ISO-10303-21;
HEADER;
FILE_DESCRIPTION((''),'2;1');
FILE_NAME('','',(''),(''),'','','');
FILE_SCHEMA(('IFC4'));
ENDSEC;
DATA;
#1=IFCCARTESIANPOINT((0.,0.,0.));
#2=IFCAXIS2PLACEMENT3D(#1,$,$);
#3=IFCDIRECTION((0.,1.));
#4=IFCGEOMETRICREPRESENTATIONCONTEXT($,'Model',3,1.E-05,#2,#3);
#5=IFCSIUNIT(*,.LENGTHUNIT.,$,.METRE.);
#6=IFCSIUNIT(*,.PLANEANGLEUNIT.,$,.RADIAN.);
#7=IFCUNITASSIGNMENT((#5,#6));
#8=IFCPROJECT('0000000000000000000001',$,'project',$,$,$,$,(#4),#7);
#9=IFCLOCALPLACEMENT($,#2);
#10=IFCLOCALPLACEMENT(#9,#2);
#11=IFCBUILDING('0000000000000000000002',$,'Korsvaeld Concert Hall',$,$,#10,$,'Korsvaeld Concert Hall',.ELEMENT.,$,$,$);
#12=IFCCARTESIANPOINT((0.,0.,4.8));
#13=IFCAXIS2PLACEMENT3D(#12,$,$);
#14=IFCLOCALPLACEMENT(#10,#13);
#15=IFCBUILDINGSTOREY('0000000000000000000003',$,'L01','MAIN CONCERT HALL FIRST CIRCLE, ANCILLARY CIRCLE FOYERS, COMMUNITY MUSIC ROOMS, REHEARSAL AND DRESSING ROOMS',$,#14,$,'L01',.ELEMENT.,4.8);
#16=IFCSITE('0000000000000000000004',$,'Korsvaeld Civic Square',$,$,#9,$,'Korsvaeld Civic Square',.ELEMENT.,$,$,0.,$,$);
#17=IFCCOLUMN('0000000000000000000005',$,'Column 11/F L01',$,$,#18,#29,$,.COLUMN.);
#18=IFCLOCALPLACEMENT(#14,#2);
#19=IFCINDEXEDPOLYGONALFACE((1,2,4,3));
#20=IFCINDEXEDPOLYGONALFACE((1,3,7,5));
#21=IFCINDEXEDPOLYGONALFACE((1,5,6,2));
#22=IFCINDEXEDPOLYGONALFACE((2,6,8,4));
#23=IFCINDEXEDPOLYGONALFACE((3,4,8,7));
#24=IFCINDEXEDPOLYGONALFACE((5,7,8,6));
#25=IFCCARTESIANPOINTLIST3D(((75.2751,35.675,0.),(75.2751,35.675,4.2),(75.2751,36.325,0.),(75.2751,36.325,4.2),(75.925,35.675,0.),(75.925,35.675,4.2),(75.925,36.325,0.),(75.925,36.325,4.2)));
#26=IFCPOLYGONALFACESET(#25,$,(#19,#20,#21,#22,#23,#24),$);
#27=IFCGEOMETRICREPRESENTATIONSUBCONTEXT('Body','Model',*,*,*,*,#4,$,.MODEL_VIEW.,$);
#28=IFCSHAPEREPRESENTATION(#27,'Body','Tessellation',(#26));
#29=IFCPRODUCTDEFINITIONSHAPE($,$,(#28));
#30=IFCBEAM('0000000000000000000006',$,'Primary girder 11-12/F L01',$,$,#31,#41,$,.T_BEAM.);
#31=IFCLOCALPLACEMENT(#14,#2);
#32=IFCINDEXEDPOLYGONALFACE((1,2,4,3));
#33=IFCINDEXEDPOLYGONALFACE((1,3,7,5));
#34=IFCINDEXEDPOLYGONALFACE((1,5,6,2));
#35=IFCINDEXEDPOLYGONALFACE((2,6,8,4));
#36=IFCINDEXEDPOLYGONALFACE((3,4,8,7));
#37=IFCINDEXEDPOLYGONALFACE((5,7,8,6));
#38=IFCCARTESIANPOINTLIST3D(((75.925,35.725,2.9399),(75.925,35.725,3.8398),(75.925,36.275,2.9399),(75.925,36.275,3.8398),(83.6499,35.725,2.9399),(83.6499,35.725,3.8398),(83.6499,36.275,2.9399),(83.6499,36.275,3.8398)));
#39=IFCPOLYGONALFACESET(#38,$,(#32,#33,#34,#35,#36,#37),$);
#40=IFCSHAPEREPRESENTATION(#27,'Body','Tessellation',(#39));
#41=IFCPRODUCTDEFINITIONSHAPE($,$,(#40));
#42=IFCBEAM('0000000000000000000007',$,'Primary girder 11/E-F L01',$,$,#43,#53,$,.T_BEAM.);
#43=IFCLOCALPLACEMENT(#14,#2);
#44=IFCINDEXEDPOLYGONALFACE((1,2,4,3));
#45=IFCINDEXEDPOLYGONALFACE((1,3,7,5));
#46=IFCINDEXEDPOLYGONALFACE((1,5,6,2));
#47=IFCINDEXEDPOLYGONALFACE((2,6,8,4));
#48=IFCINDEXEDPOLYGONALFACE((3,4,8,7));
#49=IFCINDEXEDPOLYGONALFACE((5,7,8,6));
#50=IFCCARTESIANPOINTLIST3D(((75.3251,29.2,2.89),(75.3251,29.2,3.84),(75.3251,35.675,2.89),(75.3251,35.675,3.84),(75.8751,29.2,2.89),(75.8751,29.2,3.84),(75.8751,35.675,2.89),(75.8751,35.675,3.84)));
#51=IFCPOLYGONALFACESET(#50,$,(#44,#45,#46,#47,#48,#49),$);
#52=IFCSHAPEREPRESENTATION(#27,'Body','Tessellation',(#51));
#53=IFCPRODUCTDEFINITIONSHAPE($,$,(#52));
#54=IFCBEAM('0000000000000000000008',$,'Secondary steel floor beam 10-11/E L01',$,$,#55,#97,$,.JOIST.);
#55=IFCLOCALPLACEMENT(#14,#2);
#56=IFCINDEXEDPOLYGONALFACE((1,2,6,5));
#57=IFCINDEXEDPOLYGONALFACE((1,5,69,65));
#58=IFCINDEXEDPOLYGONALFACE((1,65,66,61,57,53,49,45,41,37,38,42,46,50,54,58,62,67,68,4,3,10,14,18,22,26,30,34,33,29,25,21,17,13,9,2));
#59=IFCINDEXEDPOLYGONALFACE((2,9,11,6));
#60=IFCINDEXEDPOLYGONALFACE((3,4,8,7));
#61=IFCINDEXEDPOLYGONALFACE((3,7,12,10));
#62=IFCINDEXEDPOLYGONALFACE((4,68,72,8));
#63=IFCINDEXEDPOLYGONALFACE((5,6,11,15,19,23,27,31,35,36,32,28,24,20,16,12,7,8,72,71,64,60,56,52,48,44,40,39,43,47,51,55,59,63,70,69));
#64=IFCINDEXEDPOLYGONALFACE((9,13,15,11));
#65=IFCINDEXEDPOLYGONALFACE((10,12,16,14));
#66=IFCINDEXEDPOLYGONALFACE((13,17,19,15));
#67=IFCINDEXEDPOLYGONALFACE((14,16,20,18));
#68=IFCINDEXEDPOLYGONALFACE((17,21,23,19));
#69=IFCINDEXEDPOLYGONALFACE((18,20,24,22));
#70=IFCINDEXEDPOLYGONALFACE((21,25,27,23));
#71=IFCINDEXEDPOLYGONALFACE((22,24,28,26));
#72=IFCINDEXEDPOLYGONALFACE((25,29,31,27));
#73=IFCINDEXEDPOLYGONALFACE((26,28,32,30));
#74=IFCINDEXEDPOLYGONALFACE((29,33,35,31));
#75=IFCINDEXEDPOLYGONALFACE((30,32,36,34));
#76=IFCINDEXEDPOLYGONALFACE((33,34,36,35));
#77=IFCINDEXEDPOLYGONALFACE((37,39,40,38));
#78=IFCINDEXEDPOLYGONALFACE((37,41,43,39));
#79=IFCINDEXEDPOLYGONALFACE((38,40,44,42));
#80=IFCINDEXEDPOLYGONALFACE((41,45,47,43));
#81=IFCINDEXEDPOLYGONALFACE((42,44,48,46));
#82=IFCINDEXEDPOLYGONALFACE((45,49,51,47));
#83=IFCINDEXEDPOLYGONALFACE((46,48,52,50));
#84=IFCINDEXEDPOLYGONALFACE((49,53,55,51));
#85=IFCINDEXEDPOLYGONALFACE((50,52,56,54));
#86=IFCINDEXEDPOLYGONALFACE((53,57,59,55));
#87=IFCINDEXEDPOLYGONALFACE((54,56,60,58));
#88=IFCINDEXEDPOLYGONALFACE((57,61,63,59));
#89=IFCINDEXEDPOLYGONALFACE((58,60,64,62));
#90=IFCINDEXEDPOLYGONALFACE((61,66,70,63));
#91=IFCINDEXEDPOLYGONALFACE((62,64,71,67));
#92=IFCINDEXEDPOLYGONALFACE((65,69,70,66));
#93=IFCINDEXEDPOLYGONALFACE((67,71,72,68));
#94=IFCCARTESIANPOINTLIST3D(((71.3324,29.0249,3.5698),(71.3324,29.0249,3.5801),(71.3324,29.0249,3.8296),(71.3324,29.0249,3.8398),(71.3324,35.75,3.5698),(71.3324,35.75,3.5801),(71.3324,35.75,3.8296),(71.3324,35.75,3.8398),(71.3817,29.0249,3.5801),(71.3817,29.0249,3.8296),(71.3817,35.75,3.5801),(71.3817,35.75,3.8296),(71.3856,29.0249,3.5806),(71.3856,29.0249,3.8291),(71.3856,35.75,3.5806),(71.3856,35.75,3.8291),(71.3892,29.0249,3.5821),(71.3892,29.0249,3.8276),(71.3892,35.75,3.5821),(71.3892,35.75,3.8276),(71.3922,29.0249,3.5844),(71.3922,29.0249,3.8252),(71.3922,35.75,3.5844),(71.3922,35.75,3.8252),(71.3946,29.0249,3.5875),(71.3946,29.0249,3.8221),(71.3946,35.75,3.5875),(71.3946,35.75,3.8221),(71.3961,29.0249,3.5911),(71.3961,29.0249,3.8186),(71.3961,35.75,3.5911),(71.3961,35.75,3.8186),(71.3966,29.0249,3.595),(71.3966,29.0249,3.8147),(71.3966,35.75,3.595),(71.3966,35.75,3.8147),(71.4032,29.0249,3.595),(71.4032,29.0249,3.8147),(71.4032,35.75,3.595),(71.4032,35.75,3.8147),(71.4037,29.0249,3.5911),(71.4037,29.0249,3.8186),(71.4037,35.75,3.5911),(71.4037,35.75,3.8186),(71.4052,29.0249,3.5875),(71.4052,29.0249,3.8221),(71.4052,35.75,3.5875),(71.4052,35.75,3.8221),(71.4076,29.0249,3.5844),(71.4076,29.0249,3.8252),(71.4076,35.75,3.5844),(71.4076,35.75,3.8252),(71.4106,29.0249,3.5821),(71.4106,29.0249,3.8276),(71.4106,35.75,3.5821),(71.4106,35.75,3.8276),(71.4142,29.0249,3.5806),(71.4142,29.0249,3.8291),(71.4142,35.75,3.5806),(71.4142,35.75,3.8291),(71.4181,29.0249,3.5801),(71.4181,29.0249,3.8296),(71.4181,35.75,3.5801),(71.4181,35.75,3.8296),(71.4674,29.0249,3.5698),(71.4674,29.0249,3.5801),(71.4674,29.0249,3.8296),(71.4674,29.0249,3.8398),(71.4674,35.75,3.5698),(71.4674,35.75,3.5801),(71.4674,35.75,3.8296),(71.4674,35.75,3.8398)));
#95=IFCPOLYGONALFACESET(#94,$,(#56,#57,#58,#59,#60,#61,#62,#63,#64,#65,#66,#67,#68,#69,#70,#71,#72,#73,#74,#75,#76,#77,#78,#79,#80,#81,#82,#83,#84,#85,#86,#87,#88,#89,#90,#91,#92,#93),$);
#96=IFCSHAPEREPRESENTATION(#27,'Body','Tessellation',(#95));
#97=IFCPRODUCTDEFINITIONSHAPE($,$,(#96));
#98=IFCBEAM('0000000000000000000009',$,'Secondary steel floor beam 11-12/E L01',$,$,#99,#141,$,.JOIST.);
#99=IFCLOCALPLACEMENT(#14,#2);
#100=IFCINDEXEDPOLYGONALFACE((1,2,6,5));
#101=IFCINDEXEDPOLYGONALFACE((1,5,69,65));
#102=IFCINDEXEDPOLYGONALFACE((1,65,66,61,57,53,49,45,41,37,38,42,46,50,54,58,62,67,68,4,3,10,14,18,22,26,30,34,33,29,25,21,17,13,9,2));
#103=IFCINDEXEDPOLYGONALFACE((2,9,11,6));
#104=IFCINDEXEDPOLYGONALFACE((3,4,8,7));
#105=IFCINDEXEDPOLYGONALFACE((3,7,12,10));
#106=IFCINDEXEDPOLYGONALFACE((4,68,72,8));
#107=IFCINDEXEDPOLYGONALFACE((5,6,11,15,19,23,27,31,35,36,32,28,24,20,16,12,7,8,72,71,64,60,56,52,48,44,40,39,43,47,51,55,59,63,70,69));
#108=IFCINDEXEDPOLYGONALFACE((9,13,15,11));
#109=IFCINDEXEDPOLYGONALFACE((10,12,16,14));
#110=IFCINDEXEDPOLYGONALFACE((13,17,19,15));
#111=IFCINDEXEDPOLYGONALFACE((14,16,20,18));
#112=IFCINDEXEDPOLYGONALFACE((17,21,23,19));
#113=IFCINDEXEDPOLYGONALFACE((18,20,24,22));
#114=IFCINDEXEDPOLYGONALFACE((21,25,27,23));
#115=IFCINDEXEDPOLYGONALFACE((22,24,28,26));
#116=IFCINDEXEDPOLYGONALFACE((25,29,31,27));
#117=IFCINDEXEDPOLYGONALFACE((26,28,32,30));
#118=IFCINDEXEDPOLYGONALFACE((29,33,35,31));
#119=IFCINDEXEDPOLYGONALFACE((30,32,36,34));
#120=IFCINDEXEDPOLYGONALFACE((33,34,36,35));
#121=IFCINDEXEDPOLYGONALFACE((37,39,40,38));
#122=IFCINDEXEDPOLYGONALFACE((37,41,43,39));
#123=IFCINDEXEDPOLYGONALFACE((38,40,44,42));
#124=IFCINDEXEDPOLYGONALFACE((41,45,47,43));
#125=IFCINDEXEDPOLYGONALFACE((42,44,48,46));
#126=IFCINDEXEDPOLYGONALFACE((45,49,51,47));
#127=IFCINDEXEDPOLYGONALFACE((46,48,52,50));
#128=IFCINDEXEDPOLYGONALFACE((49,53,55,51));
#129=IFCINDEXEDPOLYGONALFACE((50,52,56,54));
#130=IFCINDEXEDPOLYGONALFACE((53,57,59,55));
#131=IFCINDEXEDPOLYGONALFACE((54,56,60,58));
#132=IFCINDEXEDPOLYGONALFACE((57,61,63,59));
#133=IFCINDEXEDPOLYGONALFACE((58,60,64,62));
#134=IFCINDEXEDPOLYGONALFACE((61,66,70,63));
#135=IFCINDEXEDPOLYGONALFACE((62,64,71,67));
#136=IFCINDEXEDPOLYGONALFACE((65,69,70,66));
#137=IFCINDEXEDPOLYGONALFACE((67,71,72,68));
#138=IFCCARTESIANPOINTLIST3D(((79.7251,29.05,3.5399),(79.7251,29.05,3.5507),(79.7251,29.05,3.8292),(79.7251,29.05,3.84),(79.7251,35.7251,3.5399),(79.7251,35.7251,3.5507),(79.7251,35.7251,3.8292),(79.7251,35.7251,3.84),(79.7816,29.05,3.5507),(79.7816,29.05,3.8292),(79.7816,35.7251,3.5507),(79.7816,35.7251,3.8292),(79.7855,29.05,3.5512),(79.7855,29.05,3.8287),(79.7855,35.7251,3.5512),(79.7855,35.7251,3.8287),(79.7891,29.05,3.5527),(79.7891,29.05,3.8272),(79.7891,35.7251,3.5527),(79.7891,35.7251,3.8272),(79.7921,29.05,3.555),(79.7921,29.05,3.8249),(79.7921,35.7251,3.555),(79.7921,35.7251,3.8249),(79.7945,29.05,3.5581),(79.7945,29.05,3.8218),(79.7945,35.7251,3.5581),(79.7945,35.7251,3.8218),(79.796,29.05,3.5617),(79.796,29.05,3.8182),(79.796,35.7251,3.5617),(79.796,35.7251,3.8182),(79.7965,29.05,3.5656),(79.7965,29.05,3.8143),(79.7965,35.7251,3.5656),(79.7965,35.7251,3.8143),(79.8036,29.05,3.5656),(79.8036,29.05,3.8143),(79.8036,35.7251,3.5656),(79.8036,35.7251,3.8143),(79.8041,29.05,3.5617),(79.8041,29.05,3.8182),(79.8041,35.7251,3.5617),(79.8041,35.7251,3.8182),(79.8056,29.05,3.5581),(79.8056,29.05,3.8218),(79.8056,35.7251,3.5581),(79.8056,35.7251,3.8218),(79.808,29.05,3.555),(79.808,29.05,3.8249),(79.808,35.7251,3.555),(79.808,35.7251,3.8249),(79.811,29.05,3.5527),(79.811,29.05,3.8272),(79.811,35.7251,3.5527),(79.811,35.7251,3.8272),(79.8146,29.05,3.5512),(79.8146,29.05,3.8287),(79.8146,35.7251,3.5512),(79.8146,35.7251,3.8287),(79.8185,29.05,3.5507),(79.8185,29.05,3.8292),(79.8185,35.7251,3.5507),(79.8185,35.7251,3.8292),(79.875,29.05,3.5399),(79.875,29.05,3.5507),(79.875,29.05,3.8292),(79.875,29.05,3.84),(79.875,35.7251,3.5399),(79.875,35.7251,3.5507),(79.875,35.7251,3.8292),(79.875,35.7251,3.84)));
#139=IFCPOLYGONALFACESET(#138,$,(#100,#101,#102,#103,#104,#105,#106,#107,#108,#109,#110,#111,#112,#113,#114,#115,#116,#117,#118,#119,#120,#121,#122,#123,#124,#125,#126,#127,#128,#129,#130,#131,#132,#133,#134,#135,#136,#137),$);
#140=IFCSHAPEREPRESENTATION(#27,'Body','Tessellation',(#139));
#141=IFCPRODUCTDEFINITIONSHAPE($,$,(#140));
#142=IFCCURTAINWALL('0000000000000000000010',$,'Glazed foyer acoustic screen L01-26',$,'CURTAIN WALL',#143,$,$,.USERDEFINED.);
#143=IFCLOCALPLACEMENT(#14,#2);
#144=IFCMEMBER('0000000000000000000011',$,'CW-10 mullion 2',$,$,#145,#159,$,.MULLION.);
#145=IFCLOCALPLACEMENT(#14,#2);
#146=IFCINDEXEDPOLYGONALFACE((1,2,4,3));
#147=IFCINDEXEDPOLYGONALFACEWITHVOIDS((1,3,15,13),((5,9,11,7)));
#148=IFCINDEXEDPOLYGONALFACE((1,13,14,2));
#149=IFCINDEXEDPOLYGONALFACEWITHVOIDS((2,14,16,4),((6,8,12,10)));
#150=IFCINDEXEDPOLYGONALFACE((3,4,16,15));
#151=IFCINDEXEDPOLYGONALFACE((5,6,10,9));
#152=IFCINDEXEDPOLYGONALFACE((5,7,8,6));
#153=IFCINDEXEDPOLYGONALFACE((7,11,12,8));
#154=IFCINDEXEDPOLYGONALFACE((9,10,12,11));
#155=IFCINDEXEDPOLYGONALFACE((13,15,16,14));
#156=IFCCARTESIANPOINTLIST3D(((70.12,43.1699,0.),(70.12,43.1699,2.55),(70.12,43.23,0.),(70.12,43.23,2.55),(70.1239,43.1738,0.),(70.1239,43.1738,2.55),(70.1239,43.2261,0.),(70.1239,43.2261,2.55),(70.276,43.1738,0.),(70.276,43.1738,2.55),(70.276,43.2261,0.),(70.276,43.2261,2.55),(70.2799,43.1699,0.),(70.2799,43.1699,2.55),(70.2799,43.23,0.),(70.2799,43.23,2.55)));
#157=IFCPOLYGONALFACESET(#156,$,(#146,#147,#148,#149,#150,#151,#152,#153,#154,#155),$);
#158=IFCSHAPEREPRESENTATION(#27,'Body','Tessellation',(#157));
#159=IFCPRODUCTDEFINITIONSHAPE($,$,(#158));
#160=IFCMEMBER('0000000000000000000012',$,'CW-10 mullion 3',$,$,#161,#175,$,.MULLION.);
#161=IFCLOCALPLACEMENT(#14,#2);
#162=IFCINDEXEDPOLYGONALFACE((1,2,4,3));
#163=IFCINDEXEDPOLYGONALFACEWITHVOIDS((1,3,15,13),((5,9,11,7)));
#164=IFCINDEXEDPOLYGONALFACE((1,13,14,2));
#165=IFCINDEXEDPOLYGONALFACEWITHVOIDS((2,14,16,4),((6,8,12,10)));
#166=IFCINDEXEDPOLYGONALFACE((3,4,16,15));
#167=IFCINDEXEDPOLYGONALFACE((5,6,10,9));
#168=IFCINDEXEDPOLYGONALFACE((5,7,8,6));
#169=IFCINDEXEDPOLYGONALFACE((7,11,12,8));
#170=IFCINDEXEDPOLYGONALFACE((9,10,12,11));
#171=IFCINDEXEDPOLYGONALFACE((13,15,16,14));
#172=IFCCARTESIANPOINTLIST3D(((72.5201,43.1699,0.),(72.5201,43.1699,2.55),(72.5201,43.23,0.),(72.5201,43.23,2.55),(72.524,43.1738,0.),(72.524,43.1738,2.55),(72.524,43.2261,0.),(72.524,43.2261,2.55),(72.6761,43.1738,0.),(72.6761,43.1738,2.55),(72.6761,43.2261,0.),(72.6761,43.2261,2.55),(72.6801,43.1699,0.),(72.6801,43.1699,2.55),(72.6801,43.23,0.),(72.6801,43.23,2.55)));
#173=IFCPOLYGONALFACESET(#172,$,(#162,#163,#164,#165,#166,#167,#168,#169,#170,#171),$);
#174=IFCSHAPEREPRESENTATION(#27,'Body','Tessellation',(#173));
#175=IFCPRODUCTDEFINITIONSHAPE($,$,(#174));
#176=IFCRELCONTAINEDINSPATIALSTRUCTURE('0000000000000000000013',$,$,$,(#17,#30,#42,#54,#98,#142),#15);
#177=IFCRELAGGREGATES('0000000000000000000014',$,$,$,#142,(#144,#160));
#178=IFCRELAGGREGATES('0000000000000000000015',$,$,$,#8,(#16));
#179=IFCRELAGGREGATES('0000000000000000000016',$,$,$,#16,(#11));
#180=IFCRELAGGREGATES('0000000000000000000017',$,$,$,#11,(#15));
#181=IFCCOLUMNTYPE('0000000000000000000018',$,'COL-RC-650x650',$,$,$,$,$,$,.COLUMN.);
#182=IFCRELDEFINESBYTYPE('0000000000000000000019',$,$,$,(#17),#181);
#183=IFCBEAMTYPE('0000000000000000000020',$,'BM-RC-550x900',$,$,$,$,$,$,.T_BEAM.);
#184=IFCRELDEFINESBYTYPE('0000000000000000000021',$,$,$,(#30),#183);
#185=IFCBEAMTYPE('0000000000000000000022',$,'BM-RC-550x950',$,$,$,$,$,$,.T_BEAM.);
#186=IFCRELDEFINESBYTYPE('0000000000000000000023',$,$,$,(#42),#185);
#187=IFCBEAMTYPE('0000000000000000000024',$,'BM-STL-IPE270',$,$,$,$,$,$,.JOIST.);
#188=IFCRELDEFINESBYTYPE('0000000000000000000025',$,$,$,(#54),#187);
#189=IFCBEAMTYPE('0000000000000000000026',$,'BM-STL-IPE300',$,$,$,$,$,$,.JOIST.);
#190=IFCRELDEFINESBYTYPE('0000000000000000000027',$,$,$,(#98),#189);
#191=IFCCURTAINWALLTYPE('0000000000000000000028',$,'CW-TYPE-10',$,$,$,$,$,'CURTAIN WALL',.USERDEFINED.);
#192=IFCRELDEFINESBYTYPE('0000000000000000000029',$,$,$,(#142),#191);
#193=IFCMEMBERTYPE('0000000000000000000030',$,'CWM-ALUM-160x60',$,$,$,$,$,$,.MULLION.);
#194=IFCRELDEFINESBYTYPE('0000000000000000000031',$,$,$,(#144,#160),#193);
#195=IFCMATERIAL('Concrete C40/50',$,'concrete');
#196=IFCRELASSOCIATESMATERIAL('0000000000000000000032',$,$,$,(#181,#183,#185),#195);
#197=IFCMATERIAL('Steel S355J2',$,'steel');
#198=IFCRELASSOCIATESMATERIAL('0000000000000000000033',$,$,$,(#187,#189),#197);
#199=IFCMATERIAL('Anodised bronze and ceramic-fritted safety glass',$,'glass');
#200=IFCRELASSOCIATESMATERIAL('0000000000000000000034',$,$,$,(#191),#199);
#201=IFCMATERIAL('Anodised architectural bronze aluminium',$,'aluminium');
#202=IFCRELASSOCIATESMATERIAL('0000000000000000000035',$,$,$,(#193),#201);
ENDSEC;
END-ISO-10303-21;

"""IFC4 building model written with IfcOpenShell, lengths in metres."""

from ifc_helpers import new_model, si_unit, direction, frame, origin, origin_2d, place, context, subcontext, project, spatial, rectangle, hollow_rectangle, i_section, extrude, material, material_profile, profile_set, type_object, element, aggregate, save


model = new_model("IFC4")

# Units and contexts
model_context = context("Model", 3, precision=1e-05, world=origin(), true_north=direction((0.0, 1.0)))
body_context = subcontext(model_context, "Body", "Model", "MODEL_VIEW")
ifc_project = project(units=[si_unit("LENGTHUNIT", "METRE"), si_unit("PLANEANGLEUNIT", "RADIAN")], contexts=[model_context])

# Site, building, storey
site_placement = place(None, origin())
site = spatial("IfcSite", under=ifc_project, at=site_placement, Name="Korsvaeld Civic Square", LongName="Korsvaeld Civic Square", CompositionType="ELEMENT", RefElevation=0.0)
building_placement = place(site_placement, origin())
building = spatial("IfcBuilding", under=site, at=building_placement, Name="Korsvaeld Concert Hall", LongName="Korsvaeld Concert Hall", CompositionType="ELEMENT")
storey_placement = place(building_placement, frame((0.0, 0.0, 4.8)))
storey = spatial("IfcBuildingStorey", under=building, at=storey_placement, Name="L01", Description="MAIN CONCERT HALL FIRST CIRCLE, ANCILLARY CIRCLE FOYERS, COMMUNITY MUSIC ROOMS, REHEARSAL AND DRESSING ROOMS", LongName="L01", CompositionType="ELEMENT", Elevation=4.8)

# Column
ifc_material_1 = material(Name="Concrete C40/50", Category="concrete")
ifc_material_profile_1 = material_profile(ifc_material_1, rectangle(XDim=0.6499, YDim=0.6499, at=origin_2d()), Name="RC 650x650")
ifc_profile_set_1 = profile_set([ifc_material_profile_1], Name="Concrete C40/50")
column_type = type_object("IfcColumnType", Name="COL-RC-650x650", PredefinedType="COLUMN", material=ifc_profile_set_1)
column_placement = place(storey_placement, frame((75.6001, 36.0, 0.0), z_axis=(0.0, 0.0, 1.0), x_axis=(1.0, 0.0, 0.0)))
element("IfcColumn", 1, at=column_placement, inside=storey, type_object=column_type, Name="Column 11/F L01", PredefinedType="COLUMN", context=body_context, shape_type="SweptSolid", body=[
    extrude(rectangle(XDim=0.6499, YDim=0.6499, at=origin_2d()), origin(), (0.0, 0.0, 1.0), 4.2),
])

# Beams
ifc_material_profile_2 = material_profile(ifc_material_1, rectangle(XDim=0.55, YDim=0.8999, at=origin_2d()), Name="RC 550x900")
ifc_profile_set_2 = profile_set([ifc_material_profile_2], Name="Concrete C40/50")
beam_type_1 = type_object("IfcBeamType", Name="BM-RC-550x900", PredefinedType="T_BEAM", material=ifc_profile_set_2)
beam_1_placement = place(storey_placement, frame((75.925, 36.0, 3.3899), z_axis=(1.0, 0.0, 0.0), x_axis=(0.0, 1.0, 0.0)))
element("IfcBeam", 2, at=beam_1_placement, inside=storey, type_object=beam_type_1, Name="Primary girder 11-12/F L01", PredefinedType="T_BEAM", context=body_context, shape_type="SweptSolid", body=[
    extrude(rectangle(XDim=0.55, YDim=0.8999, at=origin_2d()), origin(), (0.0, 0.0, 1.0), 7.7249),
])
ifc_material_profile_3 = material_profile(ifc_material_1, rectangle(XDim=0.55, YDim=0.95, at=origin_2d()), Name="RC 550x950")
ifc_profile_set_3 = profile_set([ifc_material_profile_3], Name="Concrete C40/50")
beam_type_2 = type_object("IfcBeamType", Name="BM-RC-550x950", PredefinedType="T_BEAM", material=ifc_profile_set_3)
beam_2_placement = place(storey_placement, frame((75.6001, 29.2, 3.365), z_axis=(0.0, 1.0, 0.0), x_axis=(-1.0, 0.0, 0.0)))
element("IfcBeam", 3, at=beam_2_placement, inside=storey, type_object=beam_type_2, Name="Primary girder 11/E-F L01", PredefinedType="T_BEAM", context=body_context, shape_type="SweptSolid", body=[
    extrude(rectangle(XDim=0.55, YDim=0.95, at=origin_2d()), origin(), (0.0, 0.0, 1.0), 6.4751),
])
ifc_material_2 = material(Name="Steel S355J2", Category="steel")
ifc_material_profile_4 = material_profile(ifc_material_2, i_section(OverallWidth=0.135, OverallDepth=0.27, WebThickness=0.0066, FlangeThickness=0.0103, FilletRadius=0.0149, at=origin_2d()), Name="IPE 270")
ifc_profile_set_4 = profile_set([ifc_material_profile_4], Name="Steel S355J2")
beam_type_3 = type_object("IfcBeamType", Name="BM-STL-IPE270", PredefinedType="JOIST", material=ifc_profile_set_4)
beam_3_placement = place(storey_placement, frame((71.3999, 29.0249, 3.7048), z_axis=(0.0, 1.0, 0.0), x_axis=(-1.0, 0.0, 0.0)))
element("IfcBeam", 4, at=beam_3_placement, inside=storey, type_object=beam_type_3, Name="Secondary steel floor beam 10-11/E L01", PredefinedType="JOIST", context=body_context, shape_type="SweptSolid", body=[
    extrude(i_section(OverallWidth=0.135, OverallDepth=0.27, WebThickness=0.0066, FlangeThickness=0.0103, FilletRadius=0.0149, at=origin_2d()), origin(), (0.0, 0.0, 1.0), 6.7251),
])
ifc_material_profile_5 = material_profile(ifc_material_2, i_section(OverallWidth=0.1499, OverallDepth=0.3, WebThickness=0.0071, FlangeThickness=0.0107, FilletRadius=0.0149, at=origin_2d()), Name="IPE 300")
ifc_profile_set_5 = profile_set([ifc_material_profile_5], Name="Steel S355J2")
beam_type_4 = type_object("IfcBeamType", Name="BM-STL-IPE300", PredefinedType="JOIST", material=ifc_profile_set_5)
beam_4_placement = place(storey_placement, frame((79.8, 29.05, 3.6899), z_axis=(0.0, 1.0, 0.0), x_axis=(-1.0, 0.0, 0.0)))
element("IfcBeam", 5, at=beam_4_placement, inside=storey, type_object=beam_type_4, Name="Secondary steel floor beam 11-12/E L01", PredefinedType="JOIST", context=body_context, shape_type="SweptSolid", body=[
    extrude(i_section(OverallWidth=0.1499, OverallDepth=0.3, WebThickness=0.0071, FlangeThickness=0.0107, FilletRadius=0.0149, at=origin_2d()), origin(), (0.0, 0.0, 1.0), 6.675),
])

# Curtain wall, members
ifc_material_3 = material(Name="Anodised bronze and ceramic-fritted safety glass", Category="glass")
curtain_wall_type_1 = type_object("IfcCurtainWallType", Name="CW-TYPE-10", ElementType="CURTAIN WALL", PredefinedType="USERDEFINED", material=ifc_material_3)
curtain_wall_1_placement = place(storey_placement, origin())
curtain_wall_1 = element("IfcCurtainWall", 6, at=curtain_wall_1_placement, inside=storey, type_object=curtain_wall_type_1, Name="Glazed foyer acoustic screen L01-26", ObjectType="CURTAIN WALL", PredefinedType="USERDEFINED")
ifc_material_4 = material(Name="Anodised architectural bronze aluminium", Category="aluminium")
ifc_material_profile_6 = material_profile(ifc_material_4, hollow_rectangle(XDim=0.0601, YDim=0.1599, WallThickness=0.0039, at=origin_2d()), Name="CWM 160x60x4")
ifc_profile_set_6 = profile_set([ifc_material_profile_6], Name="Anodised architectural bronze aluminium")
member_type_1 = type_object("IfcMemberType", Name="CWM-ALUM-160x60", PredefinedType="MULLION", material=ifc_profile_set_6)
member_1_placement = place(storey_placement, frame((70.2, 43.2, 0.0), z_axis=(0.0, 0.0, 1.0), x_axis=(0.0, 1.0, 0.0)))
member_1 = element("IfcMember", 7, at=member_1_placement, type_object=member_type_1, Name="CW-10 mullion 2", PredefinedType="MULLION", context=body_context, shape_type="SweptSolid", body=[
    extrude(hollow_rectangle(XDim=0.0601, YDim=0.1599, WallThickness=0.0039, at=origin_2d()), origin(), (0.0, 0.0, 1.0), 2.55),
])
member_2_placement = place(storey_placement, frame((72.6001, 43.2, 0.0), z_axis=(0.0, 0.0, 1.0), x_axis=(0.0, 1.0, 0.0)))
member_2 = element("IfcMember", 8, at=member_2_placement, type_object=member_type_1, Name="CW-10 mullion 3", PredefinedType="MULLION", context=body_context, shape_type="SweptSolid", body=[
    extrude(hollow_rectangle(XDim=0.0601, YDim=0.1599, WallThickness=0.0039, at=origin_2d()), origin(), (0.0, 0.0, 1.0), 2.55),
])

aggregate(curtain_wall_1, [member_1, member_2])

save(model, "model.ifc")
